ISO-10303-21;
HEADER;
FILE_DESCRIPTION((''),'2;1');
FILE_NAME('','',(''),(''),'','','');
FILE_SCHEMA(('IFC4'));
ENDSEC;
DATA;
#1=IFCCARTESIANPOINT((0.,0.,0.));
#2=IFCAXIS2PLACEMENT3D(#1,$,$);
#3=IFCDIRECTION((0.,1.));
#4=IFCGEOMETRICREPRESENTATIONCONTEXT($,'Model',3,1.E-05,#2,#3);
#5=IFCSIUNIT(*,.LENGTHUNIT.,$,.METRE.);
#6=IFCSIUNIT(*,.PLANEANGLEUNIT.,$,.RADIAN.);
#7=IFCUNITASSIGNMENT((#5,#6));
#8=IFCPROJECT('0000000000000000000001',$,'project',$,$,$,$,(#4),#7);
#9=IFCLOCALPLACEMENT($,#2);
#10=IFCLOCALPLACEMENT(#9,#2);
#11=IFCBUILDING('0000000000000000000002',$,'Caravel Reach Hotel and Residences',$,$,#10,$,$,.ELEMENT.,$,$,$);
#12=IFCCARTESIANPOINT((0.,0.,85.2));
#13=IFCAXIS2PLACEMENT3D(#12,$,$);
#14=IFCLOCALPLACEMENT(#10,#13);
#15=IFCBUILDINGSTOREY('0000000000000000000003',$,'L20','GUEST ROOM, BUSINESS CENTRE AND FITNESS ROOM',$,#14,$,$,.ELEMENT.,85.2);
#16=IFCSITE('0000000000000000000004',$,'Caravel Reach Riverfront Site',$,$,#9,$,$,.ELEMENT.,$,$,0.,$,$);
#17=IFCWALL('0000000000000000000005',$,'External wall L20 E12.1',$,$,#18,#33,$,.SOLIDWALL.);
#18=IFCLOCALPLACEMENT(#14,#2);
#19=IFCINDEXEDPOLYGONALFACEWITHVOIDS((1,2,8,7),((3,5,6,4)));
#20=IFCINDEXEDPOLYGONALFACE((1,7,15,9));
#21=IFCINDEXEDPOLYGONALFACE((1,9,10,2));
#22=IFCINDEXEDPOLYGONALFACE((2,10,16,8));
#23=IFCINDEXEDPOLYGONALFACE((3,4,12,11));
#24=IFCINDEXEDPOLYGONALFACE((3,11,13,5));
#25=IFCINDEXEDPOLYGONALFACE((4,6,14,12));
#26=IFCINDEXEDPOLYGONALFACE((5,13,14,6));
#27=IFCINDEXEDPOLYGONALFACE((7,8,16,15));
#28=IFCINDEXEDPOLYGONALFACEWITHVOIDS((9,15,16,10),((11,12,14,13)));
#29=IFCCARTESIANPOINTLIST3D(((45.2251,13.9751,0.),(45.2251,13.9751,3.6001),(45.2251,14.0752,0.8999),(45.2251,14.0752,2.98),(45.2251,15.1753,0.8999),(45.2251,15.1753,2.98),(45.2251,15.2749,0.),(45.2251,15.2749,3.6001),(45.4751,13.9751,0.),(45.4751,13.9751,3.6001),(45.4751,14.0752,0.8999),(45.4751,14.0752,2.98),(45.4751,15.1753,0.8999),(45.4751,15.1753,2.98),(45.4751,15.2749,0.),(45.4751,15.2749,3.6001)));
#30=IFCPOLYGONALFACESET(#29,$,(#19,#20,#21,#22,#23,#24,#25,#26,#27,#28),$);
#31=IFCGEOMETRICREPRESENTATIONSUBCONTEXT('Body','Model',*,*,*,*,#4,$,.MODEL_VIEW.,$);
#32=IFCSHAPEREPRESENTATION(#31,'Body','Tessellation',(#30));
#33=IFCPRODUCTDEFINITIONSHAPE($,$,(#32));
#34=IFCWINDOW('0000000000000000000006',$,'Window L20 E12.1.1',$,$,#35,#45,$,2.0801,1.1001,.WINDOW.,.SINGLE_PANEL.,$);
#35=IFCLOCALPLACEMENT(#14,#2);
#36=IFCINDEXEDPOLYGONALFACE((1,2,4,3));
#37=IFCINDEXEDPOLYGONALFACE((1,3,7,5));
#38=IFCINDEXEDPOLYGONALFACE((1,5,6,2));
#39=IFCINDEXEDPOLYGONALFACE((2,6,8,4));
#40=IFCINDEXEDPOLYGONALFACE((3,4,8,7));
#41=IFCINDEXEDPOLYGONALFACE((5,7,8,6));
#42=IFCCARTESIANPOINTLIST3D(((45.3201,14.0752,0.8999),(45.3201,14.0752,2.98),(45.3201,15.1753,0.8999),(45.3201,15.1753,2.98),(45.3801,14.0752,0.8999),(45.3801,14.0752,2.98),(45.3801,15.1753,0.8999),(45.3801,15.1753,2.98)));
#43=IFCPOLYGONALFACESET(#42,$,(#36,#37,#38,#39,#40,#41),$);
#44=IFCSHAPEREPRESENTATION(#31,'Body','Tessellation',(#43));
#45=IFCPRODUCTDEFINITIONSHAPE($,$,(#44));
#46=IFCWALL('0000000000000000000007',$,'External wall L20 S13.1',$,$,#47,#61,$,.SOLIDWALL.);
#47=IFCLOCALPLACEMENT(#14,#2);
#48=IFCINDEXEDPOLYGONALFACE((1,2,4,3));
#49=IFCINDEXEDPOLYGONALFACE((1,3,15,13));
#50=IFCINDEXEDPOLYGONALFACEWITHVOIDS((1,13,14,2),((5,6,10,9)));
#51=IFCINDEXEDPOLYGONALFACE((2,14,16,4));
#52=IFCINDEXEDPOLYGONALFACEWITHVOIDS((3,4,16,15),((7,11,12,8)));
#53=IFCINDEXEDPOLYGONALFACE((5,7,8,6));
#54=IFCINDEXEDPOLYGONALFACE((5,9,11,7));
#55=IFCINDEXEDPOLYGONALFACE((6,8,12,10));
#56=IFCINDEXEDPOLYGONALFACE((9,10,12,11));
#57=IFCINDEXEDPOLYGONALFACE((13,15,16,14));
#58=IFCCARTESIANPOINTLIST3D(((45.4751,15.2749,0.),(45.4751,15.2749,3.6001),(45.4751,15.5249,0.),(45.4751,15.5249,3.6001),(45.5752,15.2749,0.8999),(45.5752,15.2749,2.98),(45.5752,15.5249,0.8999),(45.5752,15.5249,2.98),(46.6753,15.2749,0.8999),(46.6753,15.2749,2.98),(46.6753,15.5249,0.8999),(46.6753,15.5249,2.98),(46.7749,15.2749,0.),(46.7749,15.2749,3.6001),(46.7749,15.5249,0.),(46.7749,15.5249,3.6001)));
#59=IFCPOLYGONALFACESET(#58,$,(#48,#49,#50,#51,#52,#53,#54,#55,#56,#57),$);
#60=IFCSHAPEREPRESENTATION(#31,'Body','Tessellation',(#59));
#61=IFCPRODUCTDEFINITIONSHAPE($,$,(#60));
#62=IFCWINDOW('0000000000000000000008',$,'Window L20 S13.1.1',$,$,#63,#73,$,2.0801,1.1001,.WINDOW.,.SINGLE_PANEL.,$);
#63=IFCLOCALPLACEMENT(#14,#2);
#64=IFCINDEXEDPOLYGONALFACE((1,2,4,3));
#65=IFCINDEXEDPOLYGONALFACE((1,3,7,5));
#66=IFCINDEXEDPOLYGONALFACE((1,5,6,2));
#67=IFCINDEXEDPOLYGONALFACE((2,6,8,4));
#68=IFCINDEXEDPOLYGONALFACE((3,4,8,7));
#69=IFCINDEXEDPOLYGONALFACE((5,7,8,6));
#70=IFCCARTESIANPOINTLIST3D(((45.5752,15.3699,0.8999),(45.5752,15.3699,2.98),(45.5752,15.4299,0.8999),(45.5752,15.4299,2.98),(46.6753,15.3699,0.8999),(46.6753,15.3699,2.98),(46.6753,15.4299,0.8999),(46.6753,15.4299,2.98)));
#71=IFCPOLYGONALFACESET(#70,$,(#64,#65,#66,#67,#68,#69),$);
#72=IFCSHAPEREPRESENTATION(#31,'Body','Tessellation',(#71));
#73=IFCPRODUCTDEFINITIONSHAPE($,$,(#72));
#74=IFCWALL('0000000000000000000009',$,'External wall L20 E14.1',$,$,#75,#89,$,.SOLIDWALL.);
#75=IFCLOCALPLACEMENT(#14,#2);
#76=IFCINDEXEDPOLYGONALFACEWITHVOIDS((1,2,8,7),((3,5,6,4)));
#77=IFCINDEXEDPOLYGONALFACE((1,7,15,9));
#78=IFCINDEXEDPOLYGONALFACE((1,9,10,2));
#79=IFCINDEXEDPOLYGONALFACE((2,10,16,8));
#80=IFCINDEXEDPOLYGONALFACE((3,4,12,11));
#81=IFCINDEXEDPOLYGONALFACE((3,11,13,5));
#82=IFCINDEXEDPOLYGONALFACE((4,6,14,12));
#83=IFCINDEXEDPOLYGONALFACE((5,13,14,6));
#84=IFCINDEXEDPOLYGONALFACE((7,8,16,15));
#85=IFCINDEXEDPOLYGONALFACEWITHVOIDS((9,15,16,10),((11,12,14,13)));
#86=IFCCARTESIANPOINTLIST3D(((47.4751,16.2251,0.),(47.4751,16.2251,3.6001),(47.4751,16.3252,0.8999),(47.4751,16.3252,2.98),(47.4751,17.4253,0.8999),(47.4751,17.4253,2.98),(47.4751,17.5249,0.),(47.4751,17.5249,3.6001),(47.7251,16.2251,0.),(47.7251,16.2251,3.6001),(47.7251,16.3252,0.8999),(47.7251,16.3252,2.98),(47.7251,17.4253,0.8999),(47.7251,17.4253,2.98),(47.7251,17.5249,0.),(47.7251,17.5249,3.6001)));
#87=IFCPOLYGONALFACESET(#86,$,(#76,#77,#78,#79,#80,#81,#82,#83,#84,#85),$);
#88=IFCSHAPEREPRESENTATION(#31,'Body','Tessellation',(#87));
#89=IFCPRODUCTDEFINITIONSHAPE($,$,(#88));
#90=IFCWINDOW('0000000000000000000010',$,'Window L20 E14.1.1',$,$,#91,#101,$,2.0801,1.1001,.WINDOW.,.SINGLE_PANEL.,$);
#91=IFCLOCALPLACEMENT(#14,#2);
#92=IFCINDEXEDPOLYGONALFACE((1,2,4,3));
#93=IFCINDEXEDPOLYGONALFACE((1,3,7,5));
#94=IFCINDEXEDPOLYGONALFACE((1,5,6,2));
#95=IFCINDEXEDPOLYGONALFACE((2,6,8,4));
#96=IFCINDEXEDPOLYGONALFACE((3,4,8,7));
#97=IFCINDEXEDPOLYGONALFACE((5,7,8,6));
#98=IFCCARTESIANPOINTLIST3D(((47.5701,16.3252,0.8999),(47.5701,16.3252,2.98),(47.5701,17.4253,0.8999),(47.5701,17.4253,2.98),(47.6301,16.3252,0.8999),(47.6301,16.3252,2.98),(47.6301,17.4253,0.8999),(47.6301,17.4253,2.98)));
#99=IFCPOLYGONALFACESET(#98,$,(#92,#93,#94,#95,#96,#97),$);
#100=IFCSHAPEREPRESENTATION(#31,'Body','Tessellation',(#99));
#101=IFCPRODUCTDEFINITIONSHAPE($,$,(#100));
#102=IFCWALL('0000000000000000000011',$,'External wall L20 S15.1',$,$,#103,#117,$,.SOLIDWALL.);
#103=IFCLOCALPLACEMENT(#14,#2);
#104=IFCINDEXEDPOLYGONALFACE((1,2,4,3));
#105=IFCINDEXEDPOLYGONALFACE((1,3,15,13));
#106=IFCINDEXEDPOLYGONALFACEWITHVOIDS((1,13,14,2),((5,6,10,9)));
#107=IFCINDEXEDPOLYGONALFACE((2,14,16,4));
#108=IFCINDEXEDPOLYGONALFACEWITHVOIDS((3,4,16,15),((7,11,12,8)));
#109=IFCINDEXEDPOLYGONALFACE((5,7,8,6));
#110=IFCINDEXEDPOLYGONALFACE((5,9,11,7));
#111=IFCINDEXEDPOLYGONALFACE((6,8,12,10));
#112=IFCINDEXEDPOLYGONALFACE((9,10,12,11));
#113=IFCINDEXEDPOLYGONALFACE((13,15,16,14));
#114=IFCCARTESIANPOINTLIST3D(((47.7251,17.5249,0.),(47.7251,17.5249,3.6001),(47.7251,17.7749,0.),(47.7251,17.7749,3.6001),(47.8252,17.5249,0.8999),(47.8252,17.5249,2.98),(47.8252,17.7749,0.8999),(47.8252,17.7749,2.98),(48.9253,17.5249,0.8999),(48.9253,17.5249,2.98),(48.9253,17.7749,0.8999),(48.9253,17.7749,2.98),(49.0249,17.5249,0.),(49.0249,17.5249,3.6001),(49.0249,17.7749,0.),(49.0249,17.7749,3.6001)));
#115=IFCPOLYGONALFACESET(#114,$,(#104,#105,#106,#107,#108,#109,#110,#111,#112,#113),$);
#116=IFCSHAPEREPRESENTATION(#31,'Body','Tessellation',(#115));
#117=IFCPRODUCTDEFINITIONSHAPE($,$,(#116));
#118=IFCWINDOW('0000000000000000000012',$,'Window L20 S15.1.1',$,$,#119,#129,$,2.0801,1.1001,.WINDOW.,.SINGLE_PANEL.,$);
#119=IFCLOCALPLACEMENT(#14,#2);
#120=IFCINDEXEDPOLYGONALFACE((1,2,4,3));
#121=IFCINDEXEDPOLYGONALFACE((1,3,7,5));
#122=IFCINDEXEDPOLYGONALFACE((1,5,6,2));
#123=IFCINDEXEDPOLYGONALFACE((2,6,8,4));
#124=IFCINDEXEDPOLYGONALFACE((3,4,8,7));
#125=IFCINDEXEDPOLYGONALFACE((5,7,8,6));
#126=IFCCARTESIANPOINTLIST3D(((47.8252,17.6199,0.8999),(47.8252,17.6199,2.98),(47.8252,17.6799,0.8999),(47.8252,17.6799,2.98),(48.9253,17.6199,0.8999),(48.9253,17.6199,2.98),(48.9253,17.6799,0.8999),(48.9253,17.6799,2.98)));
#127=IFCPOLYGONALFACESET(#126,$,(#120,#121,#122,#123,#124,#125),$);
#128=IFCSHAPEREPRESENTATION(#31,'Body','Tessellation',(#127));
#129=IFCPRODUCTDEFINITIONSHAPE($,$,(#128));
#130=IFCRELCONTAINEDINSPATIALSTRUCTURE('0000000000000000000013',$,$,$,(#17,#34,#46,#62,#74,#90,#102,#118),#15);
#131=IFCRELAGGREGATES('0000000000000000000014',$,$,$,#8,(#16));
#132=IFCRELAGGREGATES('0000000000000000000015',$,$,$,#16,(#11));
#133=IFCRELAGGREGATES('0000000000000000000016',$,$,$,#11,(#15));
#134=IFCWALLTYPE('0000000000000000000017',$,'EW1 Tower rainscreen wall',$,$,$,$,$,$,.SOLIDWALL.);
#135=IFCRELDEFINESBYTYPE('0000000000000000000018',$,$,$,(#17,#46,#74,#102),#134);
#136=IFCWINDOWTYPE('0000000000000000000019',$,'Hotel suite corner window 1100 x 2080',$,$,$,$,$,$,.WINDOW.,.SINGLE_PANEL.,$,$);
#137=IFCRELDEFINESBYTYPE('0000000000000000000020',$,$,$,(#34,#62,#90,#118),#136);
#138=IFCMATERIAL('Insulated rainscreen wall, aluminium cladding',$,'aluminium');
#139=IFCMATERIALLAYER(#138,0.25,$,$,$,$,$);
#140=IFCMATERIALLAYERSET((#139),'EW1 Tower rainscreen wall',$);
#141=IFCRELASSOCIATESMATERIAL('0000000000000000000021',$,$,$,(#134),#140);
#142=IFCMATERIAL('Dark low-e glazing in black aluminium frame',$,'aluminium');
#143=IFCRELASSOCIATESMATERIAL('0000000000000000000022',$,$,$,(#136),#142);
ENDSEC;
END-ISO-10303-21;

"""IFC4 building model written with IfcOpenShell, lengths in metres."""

from ifc_helpers import new_model, si_unit, direction, frame, frame_2d, origin, place, context, subcontext, project, spatial, rectangle, extrude, material, layer, layer_set, type_object, element, fill, save


model = new_model("IFC4")

# Units and contexts
model_context = context("Model", 3, precision=1e-05, world=origin(), true_north=direction((0.0, 1.0)))
body_context = subcontext(model_context, "Body", "Model", "MODEL_VIEW")
ifc_project = project(units=[si_unit("LENGTHUNIT", "METRE"), si_unit("PLANEANGLEUNIT", "RADIAN")], contexts=[model_context])

# Site, building, storey
site_placement = place(None, origin())
site = spatial("IfcSite", under=ifc_project, at=site_placement, Name="Caravel Reach Riverfront Site", CompositionType="ELEMENT", RefElevation=0.0)
building_placement = place(site_placement, origin())
building = spatial("IfcBuilding", under=site, at=building_placement, Name="Caravel Reach Hotel and Residences", CompositionType="ELEMENT")
storey_placement = place(building_placement, frame((0.0, 0.0, 85.2)))
storey = spatial("IfcBuildingStorey", under=building, at=storey_placement, Name="L20", Description="GUEST ROOM, BUSINESS CENTRE AND FITNESS ROOM", CompositionType="ELEMENT", Elevation=85.2)

# Walls, openings, windows
ifc_material_1 = material(Name="Insulated rainscreen wall, aluminium cladding", Category="aluminium")
ifc_layer_1 = layer(ifc_material_1, 0.25)
ifc_layer_set_1 = layer_set([ifc_layer_1], Name="EW1 Tower rainscreen wall")
wall_type_1 = type_object("IfcWallType", Name="EW1 Tower rainscreen wall", PredefinedType="SOLIDWALL", material=ifc_layer_set_1)
wall_1_placement = place(storey_placement, frame((45.3501, 13.9751, 0.0), z_axis=(0.0, 0.0, 1.0), x_axis=(0.0, 1.0, 0.0)))
wall_1 = element("IfcWall", 1, at=wall_1_placement, inside=storey, type_object=wall_type_1, Name="External wall L20 E12.1", PredefinedType="SOLIDWALL", context=body_context, shape_type="SweptSolid", body=[
    extrude(rectangle(XDim=1.2998, YDim=0.25, at=frame_2d((0.6499, 0.0))), origin(), (0.0, 0.0, 1.0), 3.6001),
])
opening_1_placement = place(wall_1_placement, frame((0.1001, 0.0, 0.8999)))
opening_1 = element("IfcOpeningElement", 2, at=opening_1_placement, cuts=wall_1, PredefinedType="OPENING", context=body_context, shape_type="SweptSolid", body=[
    extrude(rectangle(XDim=1.1001, YDim=2.0801, at=frame_2d((0.55, 1.04))), frame((0.0, 0.135, 0.0), z_axis=(0.0, -1.0, 0.0), x_axis=(1.0, 0.0, 0.0)), (0.0, 0.0, 1.0), 0.27),
])
ifc_material_2 = material(Name="Dark low-e glazing in black aluminium frame", Category="aluminium")
window_type = type_object("IfcWindowType", Name="Hotel suite corner window 1100 x 2080", PartitioningType="SINGLE_PANEL", PredefinedType="WINDOW", material=ifc_material_2)
window_1_placement = place(opening_1_placement, origin())
window_1 = element("IfcWindow", 3, at=window_1_placement, inside=storey, type_object=window_type, Name="Window L20 E12.1.1", OverallHeight=2.0801, OverallWidth=1.1001, PartitioningType="SINGLE_PANEL", PredefinedType="WINDOW", context=body_context, shape_type="SweptSolid", body=[
    extrude(rectangle(XDim=1.1001, YDim=2.0801, at=frame_2d((0.55, 1.04))), frame((0.0, 0.03, 0.0), z_axis=(0.0, -1.0, 0.0), x_axis=(1.0, 0.0, 0.0)), (0.0, 0.0, 1.0), 0.0601),
])
fill(opening_1, window_1)
wall_2_placement = place(storey_placement, frame((45.4751, 15.3999, 0.0), z_axis=(0.0, 0.0, 1.0), x_axis=(1.0, 0.0, 0.0)))
wall_2 = element("IfcWall", 4, at=wall_2_placement, inside=storey, type_object=wall_type_1, Name="External wall L20 S13.1", PredefinedType="SOLIDWALL", context=body_context, shape_type="SweptSolid", body=[
    extrude(rectangle(XDim=1.2998, YDim=0.25, at=frame_2d((0.6499, 0.0))), origin(), (0.0, 0.0, 1.0), 3.6001),
])
opening_2_placement = place(wall_2_placement, frame((0.1001, 0.0, 0.8999)))
opening_2 = element("IfcOpeningElement", 5, at=opening_2_placement, cuts=wall_2, PredefinedType="OPENING", context=body_context, shape_type="SweptSolid", body=[
    extrude(rectangle(XDim=1.1001, YDim=2.0801, at=frame_2d((0.55, 1.04))), frame((0.0, 0.135, 0.0), z_axis=(0.0, -1.0, 0.0), x_axis=(1.0, 0.0, 0.0)), (0.0, 0.0, 1.0), 0.27),
])
window_2_placement = place(opening_2_placement, origin())
window_2 = element("IfcWindow", 6, at=window_2_placement, inside=storey, type_object=window_type, Name="Window L20 S13.1.1", OverallHeight=2.0801, OverallWidth=1.1001, PartitioningType="SINGLE_PANEL", PredefinedType="WINDOW", context=body_context, shape_type="SweptSolid", body=[
    extrude(rectangle(XDim=1.1001, YDim=2.0801, at=frame_2d((0.55, 1.04))), frame((0.0, 0.03, 0.0), z_axis=(0.0, -1.0, 0.0), x_axis=(1.0, 0.0, 0.0)), (0.0, 0.0, 1.0), 0.0601),
])
fill(opening_2, window_2)
wall_3_placement = place(storey_placement, frame((47.6001, 16.2251, 0.0), z_axis=(0.0, 0.0, 1.0), x_axis=(0.0, 1.0, 0.0)))
wall_3 = element("IfcWall", 7, at=wall_3_placement, inside=storey, type_object=wall_type_1, Name="External wall L20 E14.1", PredefinedType="SOLIDWALL", context=body_context, shape_type="SweptSolid", body=[
    extrude(rectangle(XDim=1.2998, YDim=0.25, at=frame_2d((0.6499, 0.0))), origin(), (0.0, 0.0, 1.0), 3.6001),
])
opening_3_placement = place(wall_3_placement, frame((0.1001, 0.0, 0.8999)))
opening_3 = element("IfcOpeningElement", 8, at=opening_3_placement, cuts=wall_3, PredefinedType="OPENING", context=body_context, shape_type="SweptSolid", body=[
    extrude(rectangle(XDim=1.1001, YDim=2.0801, at=frame_2d((0.55, 1.04))), frame((0.0, 0.135, 0.0), z_axis=(0.0, -1.0, 0.0), x_axis=(1.0, 0.0, 0.0)), (0.0, 0.0, 1.0), 0.27),
])
window_3_placement = place(opening_3_placement, origin())
window_3 = element("IfcWindow", 9, at=window_3_placement, inside=storey, type_object=window_type, Name="Window L20 E14.1.1", OverallHeight=2.0801, OverallWidth=1.1001, PartitioningType="SINGLE_PANEL", PredefinedType="WINDOW", context=body_context, shape_type="SweptSolid", body=[
    extrude(rectangle(XDim=1.1001, YDim=2.0801, at=frame_2d((0.55, 1.04))), frame((0.0, 0.03, 0.0), z_axis=(0.0, -1.0, 0.0), x_axis=(1.0, 0.0, 0.0)), (0.0, 0.0, 1.0), 0.0601),
])
fill(opening_3, window_3)
wall_4_placement = place(storey_placement, frame((47.7251, 17.6499, 0.0), z_axis=(0.0, 0.0, 1.0), x_axis=(1.0, 0.0, 0.0)))
wall_4 = element("IfcWall", 10, at=wall_4_placement, inside=storey, type_object=wall_type_1, Name="External wall L20 S15.1", PredefinedType="SOLIDWALL", context=body_context, shape_type="SweptSolid", body=[
    extrude(rectangle(XDim=1.2998, YDim=0.25, at=frame_2d((0.6499, 0.0))), origin(), (0.0, 0.0, 1.0), 3.6001),
])
opening_4_placement = place(wall_4_placement, frame((0.1001, 0.0, 0.8999)))
opening_4 = element("IfcOpeningElement", 11, at=opening_4_placement, cuts=wall_4, PredefinedType="OPENING", context=body_context, shape_type="SweptSolid", body=[
    extrude(rectangle(XDim=1.1001, YDim=2.0801, at=frame_2d((0.55, 1.04))), frame((0.0, 0.135, 0.0), z_axis=(0.0, -1.0, 0.0), x_axis=(1.0, 0.0, 0.0)), (0.0, 0.0, 1.0), 0.27),
])
window_4_placement = place(opening_4_placement, origin())
window_4 = element("IfcWindow", 12, at=window_4_placement, inside=storey, type_object=window_type, Name="Window L20 S15.1.1", OverallHeight=2.0801, OverallWidth=1.1001, PartitioningType="SINGLE_PANEL", PredefinedType="WINDOW", context=body_context, shape_type="SweptSolid", body=[
    extrude(rectangle(XDim=1.1001, YDim=2.0801, at=frame_2d((0.55, 1.04))), frame((0.0, 0.03, 0.0), z_axis=(0.0, -1.0, 0.0), x_axis=(1.0, 0.0, 0.0)), (0.0, 0.0, 1.0), 0.0601),
])
fill(opening_4, window_4)

save(model, "model.ifc")
